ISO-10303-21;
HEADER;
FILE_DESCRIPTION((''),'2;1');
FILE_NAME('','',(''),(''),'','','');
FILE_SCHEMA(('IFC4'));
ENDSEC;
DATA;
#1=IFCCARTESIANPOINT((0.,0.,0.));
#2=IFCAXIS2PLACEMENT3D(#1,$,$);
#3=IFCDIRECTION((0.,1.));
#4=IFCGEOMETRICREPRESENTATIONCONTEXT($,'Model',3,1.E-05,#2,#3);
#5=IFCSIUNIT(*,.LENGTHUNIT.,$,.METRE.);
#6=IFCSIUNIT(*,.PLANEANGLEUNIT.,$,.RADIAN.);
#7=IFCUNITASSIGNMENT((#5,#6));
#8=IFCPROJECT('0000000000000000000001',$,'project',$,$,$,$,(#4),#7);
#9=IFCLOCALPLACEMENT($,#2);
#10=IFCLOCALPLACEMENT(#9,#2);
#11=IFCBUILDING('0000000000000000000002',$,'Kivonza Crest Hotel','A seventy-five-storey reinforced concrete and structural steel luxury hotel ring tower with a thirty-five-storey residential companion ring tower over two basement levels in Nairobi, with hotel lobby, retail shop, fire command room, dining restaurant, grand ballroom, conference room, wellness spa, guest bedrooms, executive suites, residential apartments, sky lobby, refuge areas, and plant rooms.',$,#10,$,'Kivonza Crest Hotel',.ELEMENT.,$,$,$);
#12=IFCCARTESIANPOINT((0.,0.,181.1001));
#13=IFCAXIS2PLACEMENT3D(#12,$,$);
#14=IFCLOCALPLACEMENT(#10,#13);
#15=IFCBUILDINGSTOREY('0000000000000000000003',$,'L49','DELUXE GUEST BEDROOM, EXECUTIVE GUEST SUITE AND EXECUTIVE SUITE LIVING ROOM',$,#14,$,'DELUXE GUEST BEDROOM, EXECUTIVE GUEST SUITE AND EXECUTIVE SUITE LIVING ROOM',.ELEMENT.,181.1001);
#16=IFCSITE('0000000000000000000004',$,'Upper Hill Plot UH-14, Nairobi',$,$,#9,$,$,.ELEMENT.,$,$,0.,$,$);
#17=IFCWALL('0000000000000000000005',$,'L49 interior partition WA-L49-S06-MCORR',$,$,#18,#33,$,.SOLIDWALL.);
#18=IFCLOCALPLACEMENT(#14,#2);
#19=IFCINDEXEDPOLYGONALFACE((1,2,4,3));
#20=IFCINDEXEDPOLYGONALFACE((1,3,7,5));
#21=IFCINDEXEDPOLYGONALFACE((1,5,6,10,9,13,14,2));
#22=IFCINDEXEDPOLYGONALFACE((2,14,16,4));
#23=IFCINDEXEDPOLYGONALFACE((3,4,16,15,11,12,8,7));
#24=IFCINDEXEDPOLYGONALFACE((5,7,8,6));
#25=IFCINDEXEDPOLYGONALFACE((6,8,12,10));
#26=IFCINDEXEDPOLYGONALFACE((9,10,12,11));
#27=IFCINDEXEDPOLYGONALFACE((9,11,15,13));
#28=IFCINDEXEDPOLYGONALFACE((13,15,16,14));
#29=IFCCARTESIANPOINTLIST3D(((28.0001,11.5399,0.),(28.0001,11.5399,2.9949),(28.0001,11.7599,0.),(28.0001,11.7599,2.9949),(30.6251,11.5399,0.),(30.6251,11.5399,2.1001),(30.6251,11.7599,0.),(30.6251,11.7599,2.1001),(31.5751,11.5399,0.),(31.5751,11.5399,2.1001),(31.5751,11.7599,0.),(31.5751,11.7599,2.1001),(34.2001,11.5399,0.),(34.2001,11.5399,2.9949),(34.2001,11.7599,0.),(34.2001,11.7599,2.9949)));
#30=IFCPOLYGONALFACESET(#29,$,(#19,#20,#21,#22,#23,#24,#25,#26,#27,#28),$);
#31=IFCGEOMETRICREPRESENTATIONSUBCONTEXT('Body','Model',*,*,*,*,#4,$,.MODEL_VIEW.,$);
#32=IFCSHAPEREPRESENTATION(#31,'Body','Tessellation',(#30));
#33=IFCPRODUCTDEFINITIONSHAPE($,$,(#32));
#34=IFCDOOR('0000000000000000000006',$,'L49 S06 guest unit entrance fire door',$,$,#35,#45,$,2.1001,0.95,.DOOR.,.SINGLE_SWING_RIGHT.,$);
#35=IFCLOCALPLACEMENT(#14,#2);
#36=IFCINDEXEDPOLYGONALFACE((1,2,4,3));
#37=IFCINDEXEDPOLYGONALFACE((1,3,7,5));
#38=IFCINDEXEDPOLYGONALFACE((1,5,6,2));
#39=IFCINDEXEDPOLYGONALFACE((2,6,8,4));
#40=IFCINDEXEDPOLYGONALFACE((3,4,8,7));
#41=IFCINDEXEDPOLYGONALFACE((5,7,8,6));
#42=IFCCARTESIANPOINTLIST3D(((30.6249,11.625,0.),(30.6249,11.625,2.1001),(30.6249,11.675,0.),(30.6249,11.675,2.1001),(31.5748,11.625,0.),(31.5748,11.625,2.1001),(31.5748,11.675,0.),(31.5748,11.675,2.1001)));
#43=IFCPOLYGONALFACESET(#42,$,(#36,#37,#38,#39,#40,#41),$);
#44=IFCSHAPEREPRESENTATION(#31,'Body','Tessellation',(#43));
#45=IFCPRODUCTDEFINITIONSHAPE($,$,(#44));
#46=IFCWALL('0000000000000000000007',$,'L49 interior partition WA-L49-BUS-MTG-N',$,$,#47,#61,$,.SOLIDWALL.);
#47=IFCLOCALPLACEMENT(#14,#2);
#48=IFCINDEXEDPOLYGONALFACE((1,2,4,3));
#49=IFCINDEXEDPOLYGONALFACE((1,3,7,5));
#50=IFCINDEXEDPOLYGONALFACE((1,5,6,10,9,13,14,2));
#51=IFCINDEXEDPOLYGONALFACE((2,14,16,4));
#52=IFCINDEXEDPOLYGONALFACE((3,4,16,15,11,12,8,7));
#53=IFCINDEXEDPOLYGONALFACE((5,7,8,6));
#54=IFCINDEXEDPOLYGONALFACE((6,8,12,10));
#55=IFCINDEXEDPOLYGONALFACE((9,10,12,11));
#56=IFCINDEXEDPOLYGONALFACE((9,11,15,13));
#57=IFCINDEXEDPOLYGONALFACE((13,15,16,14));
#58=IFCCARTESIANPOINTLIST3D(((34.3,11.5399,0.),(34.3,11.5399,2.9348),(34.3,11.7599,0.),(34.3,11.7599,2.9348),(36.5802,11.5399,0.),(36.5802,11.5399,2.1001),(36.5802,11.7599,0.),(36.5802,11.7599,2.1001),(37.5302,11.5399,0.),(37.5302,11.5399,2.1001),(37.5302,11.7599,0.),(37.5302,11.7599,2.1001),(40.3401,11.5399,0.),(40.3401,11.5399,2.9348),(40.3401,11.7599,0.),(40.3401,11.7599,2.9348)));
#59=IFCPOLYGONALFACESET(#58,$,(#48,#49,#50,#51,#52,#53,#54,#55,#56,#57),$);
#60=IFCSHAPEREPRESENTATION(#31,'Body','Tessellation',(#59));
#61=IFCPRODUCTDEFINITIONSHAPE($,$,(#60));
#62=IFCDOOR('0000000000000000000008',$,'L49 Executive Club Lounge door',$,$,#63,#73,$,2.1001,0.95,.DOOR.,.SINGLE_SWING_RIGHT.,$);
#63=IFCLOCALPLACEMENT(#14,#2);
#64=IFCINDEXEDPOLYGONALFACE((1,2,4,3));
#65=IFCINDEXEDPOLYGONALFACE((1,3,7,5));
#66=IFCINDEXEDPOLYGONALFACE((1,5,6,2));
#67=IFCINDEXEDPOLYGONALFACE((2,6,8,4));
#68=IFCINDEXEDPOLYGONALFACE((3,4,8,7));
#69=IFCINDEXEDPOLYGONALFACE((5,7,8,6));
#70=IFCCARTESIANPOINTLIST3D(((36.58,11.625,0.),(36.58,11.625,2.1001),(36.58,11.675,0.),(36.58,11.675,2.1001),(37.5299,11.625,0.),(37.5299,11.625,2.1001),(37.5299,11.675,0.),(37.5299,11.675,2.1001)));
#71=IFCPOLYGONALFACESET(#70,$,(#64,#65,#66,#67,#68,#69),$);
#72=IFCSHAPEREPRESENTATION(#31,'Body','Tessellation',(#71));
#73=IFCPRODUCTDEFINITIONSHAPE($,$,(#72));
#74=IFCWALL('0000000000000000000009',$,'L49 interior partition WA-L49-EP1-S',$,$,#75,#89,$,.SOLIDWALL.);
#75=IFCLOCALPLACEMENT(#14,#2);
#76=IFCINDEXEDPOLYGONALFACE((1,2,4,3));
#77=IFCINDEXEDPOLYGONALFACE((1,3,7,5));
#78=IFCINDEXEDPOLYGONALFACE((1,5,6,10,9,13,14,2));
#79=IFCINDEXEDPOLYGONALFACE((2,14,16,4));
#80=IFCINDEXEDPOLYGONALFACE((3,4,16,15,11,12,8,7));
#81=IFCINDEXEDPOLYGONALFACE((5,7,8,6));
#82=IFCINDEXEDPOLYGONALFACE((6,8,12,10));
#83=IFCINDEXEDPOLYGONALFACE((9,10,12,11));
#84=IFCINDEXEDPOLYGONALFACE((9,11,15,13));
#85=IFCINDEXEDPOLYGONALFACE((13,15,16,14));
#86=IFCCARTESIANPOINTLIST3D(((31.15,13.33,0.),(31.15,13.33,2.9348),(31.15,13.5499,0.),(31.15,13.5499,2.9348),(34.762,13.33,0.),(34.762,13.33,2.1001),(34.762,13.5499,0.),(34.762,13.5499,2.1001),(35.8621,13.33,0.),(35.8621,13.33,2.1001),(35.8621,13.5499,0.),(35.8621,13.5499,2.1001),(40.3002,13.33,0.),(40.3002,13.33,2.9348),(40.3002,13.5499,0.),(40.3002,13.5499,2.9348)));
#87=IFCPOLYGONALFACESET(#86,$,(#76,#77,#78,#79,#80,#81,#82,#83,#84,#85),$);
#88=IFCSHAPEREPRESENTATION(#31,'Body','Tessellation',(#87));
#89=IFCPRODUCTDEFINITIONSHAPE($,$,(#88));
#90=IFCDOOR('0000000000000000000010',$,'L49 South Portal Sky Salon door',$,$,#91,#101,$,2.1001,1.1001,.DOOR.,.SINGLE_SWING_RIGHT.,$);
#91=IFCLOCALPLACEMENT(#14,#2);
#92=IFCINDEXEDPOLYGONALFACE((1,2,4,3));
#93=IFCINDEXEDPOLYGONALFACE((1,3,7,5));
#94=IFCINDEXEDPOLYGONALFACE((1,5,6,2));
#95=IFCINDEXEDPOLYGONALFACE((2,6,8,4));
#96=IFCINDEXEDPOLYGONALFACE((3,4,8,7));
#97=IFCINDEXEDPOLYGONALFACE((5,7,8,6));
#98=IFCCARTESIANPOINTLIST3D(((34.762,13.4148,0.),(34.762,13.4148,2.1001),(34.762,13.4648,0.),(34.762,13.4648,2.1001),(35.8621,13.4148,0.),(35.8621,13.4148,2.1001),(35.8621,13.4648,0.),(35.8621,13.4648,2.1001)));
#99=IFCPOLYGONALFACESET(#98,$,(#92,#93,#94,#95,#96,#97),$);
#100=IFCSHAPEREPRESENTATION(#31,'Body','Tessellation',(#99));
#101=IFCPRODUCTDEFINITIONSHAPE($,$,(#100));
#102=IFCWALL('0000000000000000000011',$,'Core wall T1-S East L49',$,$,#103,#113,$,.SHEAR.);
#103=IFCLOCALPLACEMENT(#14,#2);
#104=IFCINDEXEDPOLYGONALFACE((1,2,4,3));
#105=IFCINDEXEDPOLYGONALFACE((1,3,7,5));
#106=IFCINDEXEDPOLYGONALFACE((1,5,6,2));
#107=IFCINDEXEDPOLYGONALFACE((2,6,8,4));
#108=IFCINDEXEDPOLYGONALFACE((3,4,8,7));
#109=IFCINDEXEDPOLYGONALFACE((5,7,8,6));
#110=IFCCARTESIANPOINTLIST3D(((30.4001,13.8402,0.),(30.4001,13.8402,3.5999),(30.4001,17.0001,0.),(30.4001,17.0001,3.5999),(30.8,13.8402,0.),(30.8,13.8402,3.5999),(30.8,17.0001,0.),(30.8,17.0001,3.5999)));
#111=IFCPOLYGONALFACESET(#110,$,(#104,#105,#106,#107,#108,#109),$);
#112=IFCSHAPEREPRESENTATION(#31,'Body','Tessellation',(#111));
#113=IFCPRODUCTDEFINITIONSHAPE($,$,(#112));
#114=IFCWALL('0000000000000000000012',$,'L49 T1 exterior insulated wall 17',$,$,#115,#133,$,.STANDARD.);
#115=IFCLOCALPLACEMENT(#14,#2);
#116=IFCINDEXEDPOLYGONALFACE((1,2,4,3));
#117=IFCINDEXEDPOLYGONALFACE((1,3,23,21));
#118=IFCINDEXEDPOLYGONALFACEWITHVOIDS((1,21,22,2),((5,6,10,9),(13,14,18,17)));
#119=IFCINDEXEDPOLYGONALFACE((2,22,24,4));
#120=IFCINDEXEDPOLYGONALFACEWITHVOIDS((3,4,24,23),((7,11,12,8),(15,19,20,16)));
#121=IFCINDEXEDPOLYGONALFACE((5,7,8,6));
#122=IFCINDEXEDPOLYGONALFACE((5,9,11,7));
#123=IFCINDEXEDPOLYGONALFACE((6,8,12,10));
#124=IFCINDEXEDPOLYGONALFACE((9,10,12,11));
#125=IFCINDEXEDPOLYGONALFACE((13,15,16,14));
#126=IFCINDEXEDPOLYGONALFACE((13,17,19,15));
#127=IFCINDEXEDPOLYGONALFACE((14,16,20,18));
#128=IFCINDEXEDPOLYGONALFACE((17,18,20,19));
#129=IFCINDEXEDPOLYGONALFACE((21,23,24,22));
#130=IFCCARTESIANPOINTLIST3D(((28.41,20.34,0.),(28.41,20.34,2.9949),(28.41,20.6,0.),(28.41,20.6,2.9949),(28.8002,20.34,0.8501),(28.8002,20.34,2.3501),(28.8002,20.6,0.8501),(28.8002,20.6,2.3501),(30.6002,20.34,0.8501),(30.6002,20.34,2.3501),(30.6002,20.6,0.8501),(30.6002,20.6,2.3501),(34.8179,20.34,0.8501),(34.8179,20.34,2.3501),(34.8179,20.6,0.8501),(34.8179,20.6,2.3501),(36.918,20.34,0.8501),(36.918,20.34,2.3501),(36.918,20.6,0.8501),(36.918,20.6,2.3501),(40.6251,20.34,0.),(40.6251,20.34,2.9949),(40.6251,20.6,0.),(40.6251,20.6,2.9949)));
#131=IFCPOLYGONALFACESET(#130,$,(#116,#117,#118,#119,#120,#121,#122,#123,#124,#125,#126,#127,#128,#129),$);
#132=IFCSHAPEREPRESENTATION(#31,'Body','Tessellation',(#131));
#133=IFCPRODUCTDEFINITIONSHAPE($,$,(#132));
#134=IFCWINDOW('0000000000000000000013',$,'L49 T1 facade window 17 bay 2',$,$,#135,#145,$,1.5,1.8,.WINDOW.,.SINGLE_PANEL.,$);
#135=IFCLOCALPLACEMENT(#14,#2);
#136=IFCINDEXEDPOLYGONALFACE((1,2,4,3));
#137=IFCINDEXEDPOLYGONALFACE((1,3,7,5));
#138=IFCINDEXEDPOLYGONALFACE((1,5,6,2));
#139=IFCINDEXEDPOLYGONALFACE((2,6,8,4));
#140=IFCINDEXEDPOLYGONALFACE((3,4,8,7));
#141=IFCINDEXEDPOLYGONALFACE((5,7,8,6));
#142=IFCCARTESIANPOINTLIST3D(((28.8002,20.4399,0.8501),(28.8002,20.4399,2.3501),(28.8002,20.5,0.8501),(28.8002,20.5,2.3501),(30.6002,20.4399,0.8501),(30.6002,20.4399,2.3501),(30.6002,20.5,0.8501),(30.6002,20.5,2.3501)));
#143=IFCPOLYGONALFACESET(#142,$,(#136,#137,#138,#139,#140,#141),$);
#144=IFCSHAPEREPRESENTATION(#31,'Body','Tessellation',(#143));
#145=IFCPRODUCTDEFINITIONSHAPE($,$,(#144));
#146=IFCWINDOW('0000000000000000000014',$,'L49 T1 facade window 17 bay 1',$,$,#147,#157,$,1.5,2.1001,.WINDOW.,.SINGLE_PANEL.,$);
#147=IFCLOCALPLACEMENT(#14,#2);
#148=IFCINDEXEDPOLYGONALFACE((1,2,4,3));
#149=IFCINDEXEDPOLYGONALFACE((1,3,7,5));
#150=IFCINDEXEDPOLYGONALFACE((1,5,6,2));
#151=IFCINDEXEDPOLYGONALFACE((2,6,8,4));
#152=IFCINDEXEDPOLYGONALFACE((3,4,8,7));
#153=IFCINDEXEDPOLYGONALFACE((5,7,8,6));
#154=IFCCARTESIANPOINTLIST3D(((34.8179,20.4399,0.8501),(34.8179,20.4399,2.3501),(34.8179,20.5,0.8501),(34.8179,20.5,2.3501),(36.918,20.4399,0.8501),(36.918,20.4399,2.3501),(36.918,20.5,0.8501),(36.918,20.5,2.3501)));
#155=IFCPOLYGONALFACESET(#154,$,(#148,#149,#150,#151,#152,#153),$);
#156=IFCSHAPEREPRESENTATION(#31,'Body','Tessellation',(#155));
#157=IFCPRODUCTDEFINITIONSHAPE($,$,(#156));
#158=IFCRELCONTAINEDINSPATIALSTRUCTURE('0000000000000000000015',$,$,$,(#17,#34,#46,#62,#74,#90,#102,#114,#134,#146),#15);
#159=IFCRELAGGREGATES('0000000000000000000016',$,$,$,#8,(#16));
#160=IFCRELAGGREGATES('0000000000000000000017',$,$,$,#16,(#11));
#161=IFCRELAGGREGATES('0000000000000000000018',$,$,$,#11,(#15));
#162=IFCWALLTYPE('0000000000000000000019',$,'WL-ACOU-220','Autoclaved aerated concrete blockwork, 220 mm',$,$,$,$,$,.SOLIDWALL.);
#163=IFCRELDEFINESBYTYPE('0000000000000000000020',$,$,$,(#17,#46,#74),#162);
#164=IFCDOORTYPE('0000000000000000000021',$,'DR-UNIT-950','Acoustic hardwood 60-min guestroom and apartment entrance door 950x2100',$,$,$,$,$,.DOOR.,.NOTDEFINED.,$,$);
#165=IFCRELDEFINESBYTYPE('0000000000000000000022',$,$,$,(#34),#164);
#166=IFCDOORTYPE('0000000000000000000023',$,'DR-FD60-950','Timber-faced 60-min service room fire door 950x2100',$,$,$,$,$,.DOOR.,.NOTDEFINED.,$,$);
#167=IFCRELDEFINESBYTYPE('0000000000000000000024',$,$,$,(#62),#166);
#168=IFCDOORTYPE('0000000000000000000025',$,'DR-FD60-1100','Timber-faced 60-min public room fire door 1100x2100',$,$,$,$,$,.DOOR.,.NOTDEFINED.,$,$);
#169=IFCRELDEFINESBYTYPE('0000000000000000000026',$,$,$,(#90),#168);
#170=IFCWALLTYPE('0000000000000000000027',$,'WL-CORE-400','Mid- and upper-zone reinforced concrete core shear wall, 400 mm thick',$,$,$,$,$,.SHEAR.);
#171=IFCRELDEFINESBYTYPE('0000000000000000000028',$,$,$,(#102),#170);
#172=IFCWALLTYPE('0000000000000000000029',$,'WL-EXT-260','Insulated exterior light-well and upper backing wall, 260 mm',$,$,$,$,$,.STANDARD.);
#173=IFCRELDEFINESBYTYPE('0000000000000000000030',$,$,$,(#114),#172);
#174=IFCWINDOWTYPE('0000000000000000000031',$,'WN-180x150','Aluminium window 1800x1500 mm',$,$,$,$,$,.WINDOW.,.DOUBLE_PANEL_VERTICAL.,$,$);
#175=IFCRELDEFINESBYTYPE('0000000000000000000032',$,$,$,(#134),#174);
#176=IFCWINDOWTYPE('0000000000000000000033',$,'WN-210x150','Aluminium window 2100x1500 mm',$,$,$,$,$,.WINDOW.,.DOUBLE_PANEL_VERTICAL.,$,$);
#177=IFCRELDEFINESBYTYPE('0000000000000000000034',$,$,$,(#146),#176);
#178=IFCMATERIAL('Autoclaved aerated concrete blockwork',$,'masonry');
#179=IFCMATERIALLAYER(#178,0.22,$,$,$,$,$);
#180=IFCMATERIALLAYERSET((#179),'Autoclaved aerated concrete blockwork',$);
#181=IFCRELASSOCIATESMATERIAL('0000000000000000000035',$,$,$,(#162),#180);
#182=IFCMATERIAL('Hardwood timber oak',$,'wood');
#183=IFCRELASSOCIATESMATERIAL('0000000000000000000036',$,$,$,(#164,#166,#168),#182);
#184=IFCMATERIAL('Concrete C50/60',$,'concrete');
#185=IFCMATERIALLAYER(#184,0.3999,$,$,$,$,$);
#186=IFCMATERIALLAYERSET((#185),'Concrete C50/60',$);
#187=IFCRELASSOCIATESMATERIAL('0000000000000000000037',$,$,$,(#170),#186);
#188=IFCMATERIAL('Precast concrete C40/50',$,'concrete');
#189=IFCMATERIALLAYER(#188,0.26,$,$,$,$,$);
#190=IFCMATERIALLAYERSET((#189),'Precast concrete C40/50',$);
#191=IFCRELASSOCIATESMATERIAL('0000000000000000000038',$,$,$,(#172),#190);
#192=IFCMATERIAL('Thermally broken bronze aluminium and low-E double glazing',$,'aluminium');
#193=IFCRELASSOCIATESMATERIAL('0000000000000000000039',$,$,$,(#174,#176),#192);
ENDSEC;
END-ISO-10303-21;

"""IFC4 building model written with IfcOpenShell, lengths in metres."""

from ifc_helpers import new_model, si_unit, direction, frame, frame_2d, origin, place, context, subcontext, project, spatial, rectangle, extrude, material, layer, layer_set, type_object, element, fill, save


model = new_model("IFC4")

# Units and contexts
model_context = context("Model", 3, precision=1e-05, world=origin(), true_north=direction((0.0, 1.0)))
body_context = subcontext(model_context, "Body", "Model", "MODEL_VIEW")
ifc_project = project(units=[si_unit("LENGTHUNIT", "METRE"), si_unit("PLANEANGLEUNIT", "RADIAN")], contexts=[model_context])

# Site, building, storey
site_placement = place(None, origin())
site = spatial("IfcSite", under=ifc_project, at=site_placement, Name="Upper Hill Plot UH-14, Nairobi", CompositionType="ELEMENT", RefElevation=0.0)
building_placement = place(site_placement, origin())
building = spatial("IfcBuilding", under=site, at=building_placement, Name="Kivonza Crest Hotel", Description="A seventy-five-storey reinforced concrete and structural steel luxury hotel ring tower with a thirty-five-storey residential companion ring tower over two basement levels in Nairobi, with hotel lobby, retail shop, fire command room, dining restaurant, grand ballroom, conference room, wellness spa, guest bedrooms, executive suites, residential apartments, sky lobby, refuge areas, and plant rooms.", LongName="Kivonza Crest Hotel", CompositionType="ELEMENT")
storey_placement = place(building_placement, frame((0.0, 0.0, 181.1001)))
storey = spatial("IfcBuildingStorey", under=building, at=storey_placement, Name="L49", Description="DELUXE GUEST BEDROOM, EXECUTIVE GUEST SUITE AND EXECUTIVE SUITE LIVING ROOM", LongName="DELUXE GUEST BEDROOM, EXECUTIVE GUEST SUITE AND EXECUTIVE SUITE LIVING ROOM", CompositionType="ELEMENT", Elevation=181.1001)

# Shared definitions
ifc_material_1 = material(Name="Concrete C50/60", Category="concrete")

# Walls, openings, doors
ifc_material_2 = material(Name="Autoclaved aerated concrete blockwork", Category="masonry")
ifc_layer_1 = layer(ifc_material_2, 0.22)
ifc_layer_set_1 = layer_set([ifc_layer_1], Name="Autoclaved aerated concrete blockwork")
wall_type_1 = type_object("IfcWallType", Name="WL-ACOU-220", Description="Autoclaved aerated concrete blockwork, 220 mm", PredefinedType="SOLIDWALL", material=ifc_layer_set_1)
wall_1_placement = place(storey_placement, frame((28.0, 11.6499, 0.0), z_axis=(0.0, 0.0, 1.0), x_axis=(1.0, 0.0, 0.0)))
wall_1 = element("IfcWall", 1, at=wall_1_placement, inside=storey, type_object=wall_type_1, Name="L49 interior partition WA-L49-S06-MCORR", PredefinedType="SOLIDWALL", context=body_context, shape_type="SweptSolid", body=[
    extrude(rectangle(XDim=6.2, YDim=0.22, at=frame_2d((3.1001, 0.0))), origin(), (0.0, 0.0, 1.0), 2.9949),
])
opening_1_placement = place(wall_1_placement, frame((2.625, 0.0, 0.0)))
opening_1 = element("IfcOpeningElement", 2, at=opening_1_placement, cuts=wall_1, PredefinedType="OPENING", context=body_context, shape_type="SweptSolid", body=[
    extrude(rectangle(XDim=0.95, YDim=2.1001, at=frame_2d((0.4751, 1.05))), frame((0.0, 0.1201, 0.0), z_axis=(0.0, -1.0, 0.0), x_axis=(1.0, 0.0, 0.0)), (0.0, 0.0, 1.0), 0.24),
])
ifc_material_3 = material(Name="Hardwood timber oak", Category="wood")
door_type_1 = type_object("IfcDoorType", Name="DR-UNIT-950", Description="Acoustic hardwood 60-min guestroom and apartment entrance door 950x2100", OperationType="NOTDEFINED", PredefinedType="DOOR", material=ifc_material_3)
door_1_placement = place(opening_1_placement, frame((0.95, 0.0, 0.0), z_axis=(0.0, 0.0, 1.0), x_axis=(-1.0, 0.0, 0.0)))
door_1 = element("IfcDoor", 3, at=door_1_placement, inside=storey, type_object=door_type_1, Name="L49 S06 guest unit entrance fire door", OperationType="SINGLE_SWING_RIGHT", OverallHeight=2.1001, OverallWidth=0.95, PredefinedType="DOOR", context=body_context, shape_type="SweptSolid", body=[
    extrude(rectangle(XDim=0.95, YDim=2.1001, at=frame_2d((0.4751, 1.05))), frame((0.0, 0.0249, 0.0), z_axis=(0.0, -1.0, 0.0), x_axis=(1.0, 0.0, 0.0)), (0.0, 0.0, 1.0), 0.05),
])
fill(opening_1, door_1)
wall_2_placement = place(storey_placement, frame((34.3, 11.6499, 0.0), z_axis=(0.0, 0.0, 1.0), x_axis=(1.0, 0.0, 0.0)))
wall_2 = element("IfcWall", 4, at=wall_2_placement, inside=storey, type_object=wall_type_1, Name="L49 interior partition WA-L49-BUS-MTG-N", PredefinedType="SOLIDWALL", context=body_context, shape_type="SweptSolid", body=[
    extrude(rectangle(XDim=6.04, YDim=0.22, at=frame_2d((3.02, 0.0))), origin(), (0.0, 0.0, 1.0), 2.9348),
])
opening_2_placement = place(wall_2_placement, frame((2.28, 0.0, 0.0)))
opening_2 = element("IfcOpeningElement", 5, at=opening_2_placement, cuts=wall_2, PredefinedType="OPENING", context=body_context, shape_type="SweptSolid", body=[
    extrude(rectangle(XDim=0.95, YDim=2.1001, at=frame_2d((0.4751, 1.05))), frame((0.0, 0.1201, 0.0), z_axis=(0.0, -1.0, 0.0), x_axis=(1.0, 0.0, 0.0)), (0.0, 0.0, 1.0), 0.24),
])
door_type_2 = type_object("IfcDoorType", Name="DR-FD60-950", Description="Timber-faced 60-min service room fire door 950x2100", OperationType="NOTDEFINED", PredefinedType="DOOR", material=ifc_material_3)
door_2_placement = place(opening_2_placement, frame((0.95, 0.0, 0.0), z_axis=(0.0, 0.0, 1.0), x_axis=(-1.0, 0.0, 0.0)))
door_2 = element("IfcDoor", 6, at=door_2_placement, inside=storey, type_object=door_type_2, Name="L49 Executive Club Lounge door", OperationType="SINGLE_SWING_RIGHT", OverallHeight=2.1001, OverallWidth=0.95, PredefinedType="DOOR", context=body_context, shape_type="SweptSolid", body=[
    extrude(rectangle(XDim=0.95, YDim=2.1001, at=frame_2d((0.4751, 1.05))), frame((0.0, 0.0249, 0.0), z_axis=(0.0, -1.0, 0.0), x_axis=(1.0, 0.0, 0.0)), (0.0, 0.0, 1.0), 0.05),
])
fill(opening_2, door_2)
wall_3_placement = place(storey_placement, frame((31.1499, 13.4399, 0.0), z_axis=(0.0, 0.0, 1.0), x_axis=(1.0, 0.0, 0.0)))
wall_3 = element("IfcWall", 7, at=wall_3_placement, inside=storey, type_object=wall_type_1, Name="L49 interior partition WA-L49-EP1-S", PredefinedType="SOLIDWALL", context=body_context, shape_type="SweptSolid", body=[
    extrude(rectangle(XDim=9.1501, YDim=0.22, at=frame_2d((4.5752, 0.0))), origin(), (0.0, 0.0, 1.0), 2.9348),
])
opening_3_placement = place(wall_3_placement, frame((3.6121, 0.0, 0.0)))
opening_3 = element("IfcOpeningElement", 8, at=opening_3_placement, cuts=wall_3, PredefinedType="OPENING", context=body_context, shape_type="SweptSolid", body=[
    extrude(rectangle(XDim=1.1001, YDim=2.1001, at=frame_2d((0.55, 1.05))), frame((0.0, 0.1201, 0.0), z_axis=(0.0, -1.0, 0.0), x_axis=(1.0, 0.0, 0.0)), (0.0, 0.0, 1.0), 0.24),
])
door_type_3 = type_object("IfcDoorType", Name="DR-FD60-1100", Description="Timber-faced 60-min public room fire door 1100x2100", OperationType="NOTDEFINED", PredefinedType="DOOR", material=ifc_material_3)
door_3_placement = place(opening_3_placement, origin())
door_3 = element("IfcDoor", 9, at=door_3_placement, inside=storey, type_object=door_type_3, Name="L49 South Portal Sky Salon door", OperationType="SINGLE_SWING_RIGHT", OverallHeight=2.1001, OverallWidth=1.1001, PredefinedType="DOOR", context=body_context, shape_type="SweptSolid", body=[
    extrude(rectangle(XDim=1.1001, YDim=2.1001, at=frame_2d((0.55, 1.05))), frame((0.0, 0.0249, 0.0), z_axis=(0.0, -1.0, 0.0), x_axis=(1.0, 0.0, 0.0)), (0.0, 0.0, 1.0), 0.05),
])
fill(opening_3, door_3)

# Wall
ifc_layer_2 = layer(ifc_material_1, 0.3999)
ifc_layer_set_2 = layer_set([ifc_layer_2], Name="Concrete C50/60")
wall_type_2 = type_object("IfcWallType", Name="WL-CORE-400", Description="Mid- and upper-zone reinforced concrete core shear wall, 400 mm thick", PredefinedType="SHEAR", material=ifc_layer_set_2)
wall_4_placement = place(storey_placement, frame((30.6001, 13.8401, 0.0), z_axis=(0.0, 0.0, 1.0), x_axis=(0.0, 1.0, 0.0)))
element("IfcWall", 10, at=wall_4_placement, inside=storey, type_object=wall_type_2, Name="Core wall T1-S East L49", PredefinedType="SHEAR", context=body_context, shape_type="SweptSolid", body=[
    extrude(rectangle(XDim=3.1599, YDim=0.3999, at=frame_2d((1.5801, 0.0))), origin(), (0.0, 0.0, 1.0), 3.5999),
])

# Wall, openings, windows
ifc_material_4 = material(Name="Precast concrete C40/50", Category="concrete")
ifc_layer_3 = layer(ifc_material_4, 0.26)
ifc_layer_set_3 = layer_set([ifc_layer_3], Name="Precast concrete C40/50")
wall_type_3 = type_object("IfcWallType", Name="WL-EXT-260", Description="Insulated exterior light-well and upper backing wall, 260 mm", PredefinedType="STANDARD", material=ifc_layer_set_3)
wall_5_placement = place(storey_placement, frame((40.625, 20.47, 0.0), z_axis=(0.0, 0.0, 1.0), x_axis=(-1.0, 0.0, 0.0)))
wall_5 = element("IfcWall", 11, at=wall_5_placement, inside=storey, type_object=wall_type_3, Name="L49 T1 exterior insulated wall 17", PredefinedType="STANDARD", context=body_context, shape_type="SweptSolid", body=[
    extrude(rectangle(XDim=12.2151, YDim=0.26, at=frame_2d((6.1074, 0.0))), origin(), (0.0, 0.0, 1.0), 2.9949),
])
opening_4_placement = place(wall_5_placement, frame((3.707, 0.0, 0.8501)))
opening_4 = element("IfcOpeningElement", 12, at=opening_4_placement, cuts=wall_5, PredefinedType="OPENING", context=body_context, shape_type="SweptSolid", body=[
    extrude(rectangle(XDim=2.1001, YDim=1.5, at=frame_2d((1.05, 0.75))), frame((0.0, 0.1401, 0.0), z_axis=(0.0, -1.0, 0.0), x_axis=(1.0, 0.0, 0.0)), (0.0, 0.0, 1.0), 0.28),
])
opening_5_placement = place(wall_5_placement, frame((10.0249, 0.0, 0.8501)))
opening_5 = element("IfcOpeningElement", 13, at=opening_5_placement, cuts=wall_5, PredefinedType="OPENING", context=body_context, shape_type="SweptSolid", body=[
    extrude(rectangle(XDim=1.8, YDim=1.5, at=frame_2d((0.8999, 0.75))), frame((0.0, 0.1401, 0.0), z_axis=(0.0, -1.0, 0.0), x_axis=(1.0, 0.0, 0.0)), (0.0, 0.0, 1.0), 0.28),
])
ifc_material_5 = material(Name="Thermally broken bronze aluminium and low-E double glazing", Category="aluminium")
window_type_1 = type_object("IfcWindowType", Name="WN-180x150", Description="Aluminium window 1800x1500 mm", PartitioningType="DOUBLE_PANEL_VERTICAL", PredefinedType="WINDOW", material=ifc_material_5)
window_1_placement = place(opening_5_placement, origin())
window_1 = element("IfcWindow", 14, at=window_1_placement, inside=storey, type_object=window_type_1, Name="L49 T1 facade window 17 bay 2", OverallHeight=1.5, OverallWidth=1.8, PartitioningType="SINGLE_PANEL", PredefinedType="WINDOW", context=body_context, shape_type="SweptSolid", body=[
    extrude(rectangle(XDim=1.8, YDim=1.5, at=frame_2d((0.8999, 0.75))), frame((0.0, 0.03, 0.0), z_axis=(0.0, -1.0, 0.0), x_axis=(1.0, 0.0, 0.0)), (0.0, 0.0, 1.0), 0.0601),
])
fill(opening_5, window_1)
window_type_2 = type_object("IfcWindowType", Name="WN-210x150", Description="Aluminium window 2100x1500 mm", PartitioningType="DOUBLE_PANEL_VERTICAL", PredefinedType="WINDOW", material=ifc_material_5)
window_2_placement = place(opening_4_placement, origin())
window_2 = element("IfcWindow", 15, at=window_2_placement, inside=storey, type_object=window_type_2, Name="L49 T1 facade window 17 bay 1", OverallHeight=1.5, OverallWidth=2.1001, PartitioningType="SINGLE_PANEL", PredefinedType="WINDOW", context=body_context, shape_type="SweptSolid", body=[
    extrude(rectangle(XDim=2.1001, YDim=1.5, at=frame_2d((1.05, 0.75))), frame((0.0, 0.03, 0.0), z_axis=(0.0, -1.0, 0.0), x_axis=(1.0, 0.0, 0.0)), (0.0, 0.0, 1.0), 0.0601),
])
fill(opening_4, window_2)

save(model, "model.ifc")
